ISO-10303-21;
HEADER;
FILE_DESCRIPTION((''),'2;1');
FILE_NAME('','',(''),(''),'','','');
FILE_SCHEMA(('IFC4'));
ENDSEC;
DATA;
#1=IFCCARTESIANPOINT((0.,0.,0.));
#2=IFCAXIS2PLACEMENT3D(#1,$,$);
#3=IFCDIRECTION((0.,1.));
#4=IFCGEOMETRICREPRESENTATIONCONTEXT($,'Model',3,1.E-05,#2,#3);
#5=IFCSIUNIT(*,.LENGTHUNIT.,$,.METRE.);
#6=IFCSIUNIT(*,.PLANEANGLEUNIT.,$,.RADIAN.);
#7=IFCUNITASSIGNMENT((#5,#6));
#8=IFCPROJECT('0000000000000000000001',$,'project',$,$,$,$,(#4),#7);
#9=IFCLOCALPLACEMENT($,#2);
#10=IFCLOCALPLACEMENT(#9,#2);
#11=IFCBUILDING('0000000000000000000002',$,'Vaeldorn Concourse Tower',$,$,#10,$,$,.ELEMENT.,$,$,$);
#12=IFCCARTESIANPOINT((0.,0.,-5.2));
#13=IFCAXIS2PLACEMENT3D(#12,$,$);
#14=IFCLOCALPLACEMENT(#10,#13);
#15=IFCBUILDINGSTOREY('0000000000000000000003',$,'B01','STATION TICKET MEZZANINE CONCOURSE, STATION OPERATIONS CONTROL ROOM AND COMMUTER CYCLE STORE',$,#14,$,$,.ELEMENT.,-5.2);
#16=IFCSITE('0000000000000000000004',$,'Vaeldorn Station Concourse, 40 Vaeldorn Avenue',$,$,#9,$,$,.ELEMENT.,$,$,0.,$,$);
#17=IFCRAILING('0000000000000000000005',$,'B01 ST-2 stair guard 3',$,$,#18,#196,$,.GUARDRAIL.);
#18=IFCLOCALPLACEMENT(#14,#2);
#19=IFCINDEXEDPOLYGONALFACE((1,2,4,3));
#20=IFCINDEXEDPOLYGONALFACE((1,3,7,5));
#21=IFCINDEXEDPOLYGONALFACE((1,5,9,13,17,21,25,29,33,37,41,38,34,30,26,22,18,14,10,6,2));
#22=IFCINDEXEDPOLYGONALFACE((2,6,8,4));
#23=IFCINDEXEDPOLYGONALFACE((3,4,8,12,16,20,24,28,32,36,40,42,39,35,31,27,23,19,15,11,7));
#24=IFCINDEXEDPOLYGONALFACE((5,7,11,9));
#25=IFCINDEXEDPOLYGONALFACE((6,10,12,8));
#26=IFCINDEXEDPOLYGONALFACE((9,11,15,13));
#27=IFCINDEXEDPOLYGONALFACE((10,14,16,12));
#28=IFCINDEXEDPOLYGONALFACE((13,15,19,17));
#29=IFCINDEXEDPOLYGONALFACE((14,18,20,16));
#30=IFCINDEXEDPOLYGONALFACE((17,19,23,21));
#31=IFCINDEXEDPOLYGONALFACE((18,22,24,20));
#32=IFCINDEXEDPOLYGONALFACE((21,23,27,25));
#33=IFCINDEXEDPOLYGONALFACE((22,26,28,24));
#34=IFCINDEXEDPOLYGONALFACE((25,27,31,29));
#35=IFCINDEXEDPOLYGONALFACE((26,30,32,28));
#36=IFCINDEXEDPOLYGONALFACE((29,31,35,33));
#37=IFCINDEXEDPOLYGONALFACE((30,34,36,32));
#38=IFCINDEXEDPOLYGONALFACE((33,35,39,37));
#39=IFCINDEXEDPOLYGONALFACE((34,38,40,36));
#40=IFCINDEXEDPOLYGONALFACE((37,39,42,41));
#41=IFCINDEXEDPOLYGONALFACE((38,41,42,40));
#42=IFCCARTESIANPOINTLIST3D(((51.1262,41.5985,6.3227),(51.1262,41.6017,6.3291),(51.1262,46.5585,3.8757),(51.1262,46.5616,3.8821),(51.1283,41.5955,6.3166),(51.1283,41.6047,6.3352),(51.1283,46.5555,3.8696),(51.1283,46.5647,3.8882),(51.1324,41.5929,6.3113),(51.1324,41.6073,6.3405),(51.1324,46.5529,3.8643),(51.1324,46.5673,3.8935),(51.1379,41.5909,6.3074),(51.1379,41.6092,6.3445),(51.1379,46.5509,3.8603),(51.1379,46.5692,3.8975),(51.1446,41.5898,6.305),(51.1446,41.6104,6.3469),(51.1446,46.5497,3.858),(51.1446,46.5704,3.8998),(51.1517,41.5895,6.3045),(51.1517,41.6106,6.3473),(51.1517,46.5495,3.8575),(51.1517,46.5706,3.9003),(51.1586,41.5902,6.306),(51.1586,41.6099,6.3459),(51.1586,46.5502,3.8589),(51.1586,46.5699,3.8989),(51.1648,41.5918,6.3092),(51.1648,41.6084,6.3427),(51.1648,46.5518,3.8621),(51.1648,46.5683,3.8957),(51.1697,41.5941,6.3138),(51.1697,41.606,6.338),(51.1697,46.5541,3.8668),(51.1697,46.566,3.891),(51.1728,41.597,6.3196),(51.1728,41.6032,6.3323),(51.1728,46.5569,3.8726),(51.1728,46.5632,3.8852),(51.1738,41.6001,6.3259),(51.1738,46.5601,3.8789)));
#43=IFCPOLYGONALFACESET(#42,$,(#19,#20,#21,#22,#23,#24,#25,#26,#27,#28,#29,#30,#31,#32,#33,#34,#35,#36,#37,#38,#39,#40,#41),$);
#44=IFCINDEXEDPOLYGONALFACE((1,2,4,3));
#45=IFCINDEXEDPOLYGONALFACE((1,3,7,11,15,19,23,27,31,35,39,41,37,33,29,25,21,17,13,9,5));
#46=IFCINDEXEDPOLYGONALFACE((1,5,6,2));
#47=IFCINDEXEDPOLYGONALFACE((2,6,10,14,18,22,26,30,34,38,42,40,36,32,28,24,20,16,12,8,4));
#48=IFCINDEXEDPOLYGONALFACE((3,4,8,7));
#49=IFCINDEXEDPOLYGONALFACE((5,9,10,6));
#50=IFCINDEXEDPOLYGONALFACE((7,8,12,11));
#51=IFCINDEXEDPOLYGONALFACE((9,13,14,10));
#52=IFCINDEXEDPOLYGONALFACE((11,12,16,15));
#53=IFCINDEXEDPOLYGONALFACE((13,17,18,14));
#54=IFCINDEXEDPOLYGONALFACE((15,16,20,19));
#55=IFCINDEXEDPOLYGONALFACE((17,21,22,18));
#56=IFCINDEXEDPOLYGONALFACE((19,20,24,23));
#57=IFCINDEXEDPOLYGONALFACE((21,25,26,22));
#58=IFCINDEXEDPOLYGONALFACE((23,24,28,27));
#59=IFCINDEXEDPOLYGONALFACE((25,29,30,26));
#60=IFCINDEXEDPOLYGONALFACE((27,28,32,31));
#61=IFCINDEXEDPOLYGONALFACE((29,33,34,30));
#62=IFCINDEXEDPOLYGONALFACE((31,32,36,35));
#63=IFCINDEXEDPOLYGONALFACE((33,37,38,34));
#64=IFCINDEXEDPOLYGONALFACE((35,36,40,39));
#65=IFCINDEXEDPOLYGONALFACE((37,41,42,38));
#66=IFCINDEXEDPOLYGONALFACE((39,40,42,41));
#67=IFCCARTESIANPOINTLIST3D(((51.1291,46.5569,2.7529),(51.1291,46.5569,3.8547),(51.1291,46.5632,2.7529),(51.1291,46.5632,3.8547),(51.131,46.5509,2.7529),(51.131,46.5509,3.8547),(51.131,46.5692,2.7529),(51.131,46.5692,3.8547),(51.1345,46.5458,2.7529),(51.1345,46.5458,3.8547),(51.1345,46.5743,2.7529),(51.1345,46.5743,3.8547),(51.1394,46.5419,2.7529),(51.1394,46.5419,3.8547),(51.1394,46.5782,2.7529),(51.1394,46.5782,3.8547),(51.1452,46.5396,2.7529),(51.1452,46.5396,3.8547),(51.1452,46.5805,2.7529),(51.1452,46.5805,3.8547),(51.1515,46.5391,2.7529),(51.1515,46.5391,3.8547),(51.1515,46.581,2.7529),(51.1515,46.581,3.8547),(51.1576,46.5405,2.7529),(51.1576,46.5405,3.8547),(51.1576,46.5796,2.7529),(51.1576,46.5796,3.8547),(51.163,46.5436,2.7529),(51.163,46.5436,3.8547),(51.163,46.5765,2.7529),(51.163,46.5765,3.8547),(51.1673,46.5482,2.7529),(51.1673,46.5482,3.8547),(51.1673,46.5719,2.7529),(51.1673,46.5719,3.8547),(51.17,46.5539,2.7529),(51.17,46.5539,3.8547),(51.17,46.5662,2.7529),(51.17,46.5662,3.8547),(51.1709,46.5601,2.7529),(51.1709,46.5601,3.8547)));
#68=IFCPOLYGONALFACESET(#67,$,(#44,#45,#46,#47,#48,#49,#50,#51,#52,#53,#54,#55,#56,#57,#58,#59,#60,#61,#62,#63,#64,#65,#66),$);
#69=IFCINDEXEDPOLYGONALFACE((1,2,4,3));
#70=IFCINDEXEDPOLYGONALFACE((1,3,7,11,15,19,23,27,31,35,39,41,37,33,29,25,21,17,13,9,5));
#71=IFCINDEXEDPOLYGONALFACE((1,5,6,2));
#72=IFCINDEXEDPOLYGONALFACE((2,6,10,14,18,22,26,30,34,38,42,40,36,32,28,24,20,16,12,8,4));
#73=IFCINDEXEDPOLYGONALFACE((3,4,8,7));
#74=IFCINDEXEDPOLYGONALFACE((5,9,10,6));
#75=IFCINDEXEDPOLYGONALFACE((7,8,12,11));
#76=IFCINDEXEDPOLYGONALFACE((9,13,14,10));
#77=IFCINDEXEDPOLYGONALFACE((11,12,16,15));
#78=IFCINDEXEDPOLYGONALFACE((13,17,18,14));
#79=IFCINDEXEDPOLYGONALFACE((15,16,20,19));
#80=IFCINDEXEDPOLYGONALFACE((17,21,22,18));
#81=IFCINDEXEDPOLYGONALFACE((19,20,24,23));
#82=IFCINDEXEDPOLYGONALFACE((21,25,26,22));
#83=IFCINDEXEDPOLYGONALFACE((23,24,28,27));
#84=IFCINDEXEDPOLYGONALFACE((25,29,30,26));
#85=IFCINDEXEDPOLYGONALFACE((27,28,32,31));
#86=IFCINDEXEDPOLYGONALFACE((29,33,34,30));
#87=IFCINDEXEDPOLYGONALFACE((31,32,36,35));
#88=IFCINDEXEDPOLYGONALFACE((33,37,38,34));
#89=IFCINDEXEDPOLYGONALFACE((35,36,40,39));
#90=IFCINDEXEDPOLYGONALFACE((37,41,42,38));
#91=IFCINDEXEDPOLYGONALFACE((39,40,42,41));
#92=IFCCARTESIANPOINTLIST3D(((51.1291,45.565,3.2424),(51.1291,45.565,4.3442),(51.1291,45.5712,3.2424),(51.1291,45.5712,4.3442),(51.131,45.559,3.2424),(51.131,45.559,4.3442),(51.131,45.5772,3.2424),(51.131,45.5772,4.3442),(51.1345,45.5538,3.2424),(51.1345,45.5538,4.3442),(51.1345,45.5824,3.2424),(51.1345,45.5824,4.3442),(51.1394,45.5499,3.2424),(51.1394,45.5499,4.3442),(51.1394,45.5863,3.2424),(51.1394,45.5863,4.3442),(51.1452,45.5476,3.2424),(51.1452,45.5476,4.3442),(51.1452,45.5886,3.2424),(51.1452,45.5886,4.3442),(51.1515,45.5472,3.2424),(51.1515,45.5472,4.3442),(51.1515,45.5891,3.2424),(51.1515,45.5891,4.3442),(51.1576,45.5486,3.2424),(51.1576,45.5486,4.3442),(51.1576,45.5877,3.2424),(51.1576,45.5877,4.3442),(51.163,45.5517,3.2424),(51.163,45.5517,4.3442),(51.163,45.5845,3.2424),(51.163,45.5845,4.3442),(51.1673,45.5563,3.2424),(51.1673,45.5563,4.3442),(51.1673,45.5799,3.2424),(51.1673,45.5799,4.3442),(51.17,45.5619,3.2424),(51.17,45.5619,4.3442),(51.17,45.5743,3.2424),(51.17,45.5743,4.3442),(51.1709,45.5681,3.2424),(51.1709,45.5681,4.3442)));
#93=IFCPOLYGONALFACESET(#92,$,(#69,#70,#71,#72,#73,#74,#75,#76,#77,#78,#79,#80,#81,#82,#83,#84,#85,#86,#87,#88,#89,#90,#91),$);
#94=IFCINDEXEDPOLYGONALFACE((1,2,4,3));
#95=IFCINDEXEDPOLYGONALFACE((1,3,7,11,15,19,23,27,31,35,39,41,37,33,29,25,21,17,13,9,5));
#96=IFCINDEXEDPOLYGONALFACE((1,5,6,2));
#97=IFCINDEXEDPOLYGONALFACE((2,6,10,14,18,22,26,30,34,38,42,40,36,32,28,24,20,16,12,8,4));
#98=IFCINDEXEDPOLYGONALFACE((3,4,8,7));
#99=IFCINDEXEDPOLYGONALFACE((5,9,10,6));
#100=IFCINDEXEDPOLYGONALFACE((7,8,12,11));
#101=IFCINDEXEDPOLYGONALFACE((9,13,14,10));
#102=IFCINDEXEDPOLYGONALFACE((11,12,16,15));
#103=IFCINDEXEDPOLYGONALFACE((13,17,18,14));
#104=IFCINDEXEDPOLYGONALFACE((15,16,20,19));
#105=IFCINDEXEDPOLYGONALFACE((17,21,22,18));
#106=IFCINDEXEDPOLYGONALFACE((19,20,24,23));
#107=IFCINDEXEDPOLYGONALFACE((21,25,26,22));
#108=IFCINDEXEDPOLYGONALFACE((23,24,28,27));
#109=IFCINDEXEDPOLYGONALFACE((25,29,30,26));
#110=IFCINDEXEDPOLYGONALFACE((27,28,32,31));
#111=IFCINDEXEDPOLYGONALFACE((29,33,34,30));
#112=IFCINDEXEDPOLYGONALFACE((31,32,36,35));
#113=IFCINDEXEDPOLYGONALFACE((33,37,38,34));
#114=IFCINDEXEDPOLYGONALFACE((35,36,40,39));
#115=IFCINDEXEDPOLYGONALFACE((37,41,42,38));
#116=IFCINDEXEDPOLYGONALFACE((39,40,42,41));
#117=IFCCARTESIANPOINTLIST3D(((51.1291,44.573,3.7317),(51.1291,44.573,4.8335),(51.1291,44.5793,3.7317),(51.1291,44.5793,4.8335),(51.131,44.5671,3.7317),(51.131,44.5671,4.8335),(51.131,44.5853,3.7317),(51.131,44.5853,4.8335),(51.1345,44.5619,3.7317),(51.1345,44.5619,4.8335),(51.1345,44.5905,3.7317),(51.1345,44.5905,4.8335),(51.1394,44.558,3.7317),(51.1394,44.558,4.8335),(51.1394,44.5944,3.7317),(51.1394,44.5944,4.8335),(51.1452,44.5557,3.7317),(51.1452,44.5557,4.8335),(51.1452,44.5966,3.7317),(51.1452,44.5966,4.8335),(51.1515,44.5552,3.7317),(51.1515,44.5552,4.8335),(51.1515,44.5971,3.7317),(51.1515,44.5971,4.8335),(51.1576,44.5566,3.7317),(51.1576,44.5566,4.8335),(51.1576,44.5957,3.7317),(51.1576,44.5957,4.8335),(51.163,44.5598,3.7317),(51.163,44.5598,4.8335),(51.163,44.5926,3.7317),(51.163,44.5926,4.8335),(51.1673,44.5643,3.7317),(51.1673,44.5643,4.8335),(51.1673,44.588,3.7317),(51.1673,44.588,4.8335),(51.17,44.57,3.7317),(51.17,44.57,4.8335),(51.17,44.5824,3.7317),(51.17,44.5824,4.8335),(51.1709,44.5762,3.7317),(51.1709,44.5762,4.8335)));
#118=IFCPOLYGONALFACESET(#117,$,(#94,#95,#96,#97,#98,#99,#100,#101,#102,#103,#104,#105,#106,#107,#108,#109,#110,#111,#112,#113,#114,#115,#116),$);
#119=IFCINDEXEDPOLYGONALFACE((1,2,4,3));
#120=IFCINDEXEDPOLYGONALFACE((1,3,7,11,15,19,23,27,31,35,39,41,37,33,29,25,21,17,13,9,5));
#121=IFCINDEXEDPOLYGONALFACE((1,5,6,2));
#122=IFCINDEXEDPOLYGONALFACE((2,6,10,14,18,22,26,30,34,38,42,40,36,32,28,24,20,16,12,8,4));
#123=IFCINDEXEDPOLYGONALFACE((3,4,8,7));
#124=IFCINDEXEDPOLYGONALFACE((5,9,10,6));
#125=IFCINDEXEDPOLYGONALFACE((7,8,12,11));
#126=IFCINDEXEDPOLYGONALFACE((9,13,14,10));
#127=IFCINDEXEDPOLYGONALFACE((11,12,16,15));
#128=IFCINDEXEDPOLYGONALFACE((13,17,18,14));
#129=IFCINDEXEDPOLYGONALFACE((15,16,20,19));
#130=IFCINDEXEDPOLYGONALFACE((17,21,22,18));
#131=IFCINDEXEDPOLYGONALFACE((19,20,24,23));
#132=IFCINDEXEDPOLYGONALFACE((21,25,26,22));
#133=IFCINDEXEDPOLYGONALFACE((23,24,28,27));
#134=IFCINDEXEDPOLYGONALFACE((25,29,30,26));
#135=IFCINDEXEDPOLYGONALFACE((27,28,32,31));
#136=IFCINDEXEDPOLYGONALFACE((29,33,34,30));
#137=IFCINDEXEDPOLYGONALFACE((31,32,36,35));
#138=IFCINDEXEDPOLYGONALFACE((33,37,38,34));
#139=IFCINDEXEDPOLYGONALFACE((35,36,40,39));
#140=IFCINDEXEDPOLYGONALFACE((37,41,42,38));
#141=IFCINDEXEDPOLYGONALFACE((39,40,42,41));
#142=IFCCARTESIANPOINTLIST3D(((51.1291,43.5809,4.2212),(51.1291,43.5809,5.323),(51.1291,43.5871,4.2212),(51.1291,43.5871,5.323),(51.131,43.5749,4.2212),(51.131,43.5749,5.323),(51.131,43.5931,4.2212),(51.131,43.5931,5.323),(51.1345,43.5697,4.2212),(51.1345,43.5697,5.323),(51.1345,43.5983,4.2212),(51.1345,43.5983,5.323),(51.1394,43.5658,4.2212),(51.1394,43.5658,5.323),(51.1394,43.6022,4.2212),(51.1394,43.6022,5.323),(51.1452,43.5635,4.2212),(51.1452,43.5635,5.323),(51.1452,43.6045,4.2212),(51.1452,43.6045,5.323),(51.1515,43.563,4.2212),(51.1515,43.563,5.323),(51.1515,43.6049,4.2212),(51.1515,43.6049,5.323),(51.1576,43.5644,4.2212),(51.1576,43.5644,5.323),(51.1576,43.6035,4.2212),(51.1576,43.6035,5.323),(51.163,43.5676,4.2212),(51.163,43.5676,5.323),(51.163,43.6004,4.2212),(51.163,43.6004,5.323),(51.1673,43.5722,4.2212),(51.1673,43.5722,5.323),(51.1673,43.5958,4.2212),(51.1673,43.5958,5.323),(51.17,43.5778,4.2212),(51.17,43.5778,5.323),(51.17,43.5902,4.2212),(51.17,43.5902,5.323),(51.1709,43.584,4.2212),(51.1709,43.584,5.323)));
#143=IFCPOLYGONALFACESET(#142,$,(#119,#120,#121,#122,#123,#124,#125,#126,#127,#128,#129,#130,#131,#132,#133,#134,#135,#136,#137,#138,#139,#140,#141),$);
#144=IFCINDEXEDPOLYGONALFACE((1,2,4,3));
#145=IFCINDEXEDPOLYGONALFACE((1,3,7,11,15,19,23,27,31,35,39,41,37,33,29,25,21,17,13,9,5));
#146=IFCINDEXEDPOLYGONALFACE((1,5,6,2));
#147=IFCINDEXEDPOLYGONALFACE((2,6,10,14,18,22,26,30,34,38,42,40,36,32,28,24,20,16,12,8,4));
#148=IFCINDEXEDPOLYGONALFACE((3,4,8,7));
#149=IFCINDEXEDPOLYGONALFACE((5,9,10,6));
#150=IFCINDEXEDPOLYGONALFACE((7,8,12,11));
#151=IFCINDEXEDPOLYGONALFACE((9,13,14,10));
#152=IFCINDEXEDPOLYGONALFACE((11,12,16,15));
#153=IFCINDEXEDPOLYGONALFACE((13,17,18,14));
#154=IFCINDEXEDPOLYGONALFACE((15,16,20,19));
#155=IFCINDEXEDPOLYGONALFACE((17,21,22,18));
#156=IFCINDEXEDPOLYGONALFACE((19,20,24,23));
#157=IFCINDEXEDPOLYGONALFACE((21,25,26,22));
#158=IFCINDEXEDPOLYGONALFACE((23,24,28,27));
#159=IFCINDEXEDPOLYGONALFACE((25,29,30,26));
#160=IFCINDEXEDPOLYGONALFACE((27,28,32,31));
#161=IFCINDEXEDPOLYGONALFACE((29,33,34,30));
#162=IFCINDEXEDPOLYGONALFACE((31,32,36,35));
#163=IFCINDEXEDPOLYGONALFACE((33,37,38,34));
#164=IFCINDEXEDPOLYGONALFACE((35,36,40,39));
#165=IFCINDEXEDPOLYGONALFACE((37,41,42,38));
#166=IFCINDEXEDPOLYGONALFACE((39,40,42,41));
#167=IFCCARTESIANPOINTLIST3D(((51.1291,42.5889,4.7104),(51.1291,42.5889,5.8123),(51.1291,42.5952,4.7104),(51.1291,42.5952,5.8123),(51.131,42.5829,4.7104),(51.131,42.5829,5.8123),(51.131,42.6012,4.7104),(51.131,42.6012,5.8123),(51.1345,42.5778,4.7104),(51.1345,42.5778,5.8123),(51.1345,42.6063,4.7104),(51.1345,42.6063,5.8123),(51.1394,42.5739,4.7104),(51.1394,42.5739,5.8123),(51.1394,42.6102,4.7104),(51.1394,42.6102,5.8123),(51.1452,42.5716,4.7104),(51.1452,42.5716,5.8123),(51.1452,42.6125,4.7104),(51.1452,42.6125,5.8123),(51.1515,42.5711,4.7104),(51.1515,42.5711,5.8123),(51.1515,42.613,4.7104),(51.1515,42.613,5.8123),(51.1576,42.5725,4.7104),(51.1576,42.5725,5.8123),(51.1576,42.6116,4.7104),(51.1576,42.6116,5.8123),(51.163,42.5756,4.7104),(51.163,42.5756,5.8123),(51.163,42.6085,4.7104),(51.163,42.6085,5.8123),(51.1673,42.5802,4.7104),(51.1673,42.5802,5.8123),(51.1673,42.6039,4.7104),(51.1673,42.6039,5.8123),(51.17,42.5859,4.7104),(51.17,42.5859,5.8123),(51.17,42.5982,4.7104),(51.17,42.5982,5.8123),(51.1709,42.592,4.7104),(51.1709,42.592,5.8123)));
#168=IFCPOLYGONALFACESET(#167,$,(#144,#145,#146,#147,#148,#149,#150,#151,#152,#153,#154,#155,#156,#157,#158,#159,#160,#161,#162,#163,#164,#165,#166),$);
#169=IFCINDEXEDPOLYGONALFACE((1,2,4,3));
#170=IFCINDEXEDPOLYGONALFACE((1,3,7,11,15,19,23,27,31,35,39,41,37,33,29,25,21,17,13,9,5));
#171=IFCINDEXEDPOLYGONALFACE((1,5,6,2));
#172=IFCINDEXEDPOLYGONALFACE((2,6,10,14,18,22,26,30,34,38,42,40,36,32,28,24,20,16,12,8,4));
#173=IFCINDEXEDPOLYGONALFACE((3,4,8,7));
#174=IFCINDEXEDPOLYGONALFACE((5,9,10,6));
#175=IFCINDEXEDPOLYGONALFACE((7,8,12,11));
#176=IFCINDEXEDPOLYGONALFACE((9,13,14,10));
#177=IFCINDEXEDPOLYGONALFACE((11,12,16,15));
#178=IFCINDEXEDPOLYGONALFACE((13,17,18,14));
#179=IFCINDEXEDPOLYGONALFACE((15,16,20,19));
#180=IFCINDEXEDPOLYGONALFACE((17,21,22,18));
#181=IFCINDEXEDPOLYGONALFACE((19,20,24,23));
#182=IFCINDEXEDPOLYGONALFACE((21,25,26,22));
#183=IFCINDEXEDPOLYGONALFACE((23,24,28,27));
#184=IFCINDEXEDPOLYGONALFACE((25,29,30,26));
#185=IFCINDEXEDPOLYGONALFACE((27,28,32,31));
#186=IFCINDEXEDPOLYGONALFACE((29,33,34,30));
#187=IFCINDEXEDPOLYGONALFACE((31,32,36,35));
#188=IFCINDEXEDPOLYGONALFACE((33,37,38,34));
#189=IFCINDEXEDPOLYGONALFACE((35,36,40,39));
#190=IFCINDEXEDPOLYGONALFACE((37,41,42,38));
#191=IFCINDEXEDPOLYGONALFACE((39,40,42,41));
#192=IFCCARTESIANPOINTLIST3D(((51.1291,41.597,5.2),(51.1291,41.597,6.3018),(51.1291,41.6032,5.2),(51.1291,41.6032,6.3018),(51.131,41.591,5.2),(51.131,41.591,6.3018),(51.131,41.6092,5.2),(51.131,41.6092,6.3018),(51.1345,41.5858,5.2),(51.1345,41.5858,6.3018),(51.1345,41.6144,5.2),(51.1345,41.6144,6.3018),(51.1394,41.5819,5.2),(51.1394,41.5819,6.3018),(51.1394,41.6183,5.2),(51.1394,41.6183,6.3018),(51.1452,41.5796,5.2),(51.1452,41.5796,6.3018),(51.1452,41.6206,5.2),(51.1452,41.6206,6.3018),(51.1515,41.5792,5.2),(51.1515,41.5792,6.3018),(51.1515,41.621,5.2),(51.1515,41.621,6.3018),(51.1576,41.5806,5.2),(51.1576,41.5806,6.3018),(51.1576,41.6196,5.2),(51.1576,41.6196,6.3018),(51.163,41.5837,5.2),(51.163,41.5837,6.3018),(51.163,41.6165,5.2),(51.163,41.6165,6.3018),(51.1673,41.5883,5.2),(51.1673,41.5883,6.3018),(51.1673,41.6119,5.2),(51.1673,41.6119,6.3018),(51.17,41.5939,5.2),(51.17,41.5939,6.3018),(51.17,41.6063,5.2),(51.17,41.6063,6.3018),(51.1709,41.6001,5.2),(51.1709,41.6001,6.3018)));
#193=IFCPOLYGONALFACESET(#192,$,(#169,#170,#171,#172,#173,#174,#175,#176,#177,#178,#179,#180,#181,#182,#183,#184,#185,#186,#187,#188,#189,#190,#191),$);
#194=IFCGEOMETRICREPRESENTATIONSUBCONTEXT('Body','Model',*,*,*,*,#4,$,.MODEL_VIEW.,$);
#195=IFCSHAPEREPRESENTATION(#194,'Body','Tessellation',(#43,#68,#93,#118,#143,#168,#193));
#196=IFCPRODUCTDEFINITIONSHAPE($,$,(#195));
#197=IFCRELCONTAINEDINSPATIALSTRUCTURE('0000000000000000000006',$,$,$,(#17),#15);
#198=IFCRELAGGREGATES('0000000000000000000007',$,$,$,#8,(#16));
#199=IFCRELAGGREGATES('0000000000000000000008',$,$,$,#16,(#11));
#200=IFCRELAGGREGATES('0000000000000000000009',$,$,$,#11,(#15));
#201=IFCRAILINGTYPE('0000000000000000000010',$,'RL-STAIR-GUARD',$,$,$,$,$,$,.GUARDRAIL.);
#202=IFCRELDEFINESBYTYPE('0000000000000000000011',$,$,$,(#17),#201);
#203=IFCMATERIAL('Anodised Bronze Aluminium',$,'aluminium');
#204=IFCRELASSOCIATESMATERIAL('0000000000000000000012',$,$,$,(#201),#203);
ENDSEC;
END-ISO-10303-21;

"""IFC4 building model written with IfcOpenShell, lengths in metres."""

from ifc_helpers import new_model, si_unit, direction, frame, origin, origin_2d, place, context, subcontext, project, spatial, circle, extrude, material, type_object, element, save


model = new_model("IFC4")

# Units and contexts
model_context = context("Model", 3, precision=1e-05, world=origin(), true_north=direction((0.0, 1.0)))
body_context = subcontext(model_context, "Body", "Model", "MODEL_VIEW")
ifc_project = project(units=[si_unit("LENGTHUNIT", "METRE"), si_unit("PLANEANGLEUNIT", "RADIAN")], contexts=[model_context])

# Site, building, storey
site_placement = place(None, origin())
site = spatial("IfcSite", under=ifc_project, at=site_placement, Name="Vaeldorn Station Concourse, 40 Vaeldorn Avenue", CompositionType="ELEMENT", RefElevation=0.0)
building_placement = place(site_placement, origin())
building = spatial("IfcBuilding", under=site, at=building_placement, Name="Vaeldorn Concourse Tower", CompositionType="ELEMENT")
storey_placement = place(building_placement, frame((0.0, 0.0, -5.2)))
storey = spatial("IfcBuildingStorey", under=building, at=storey_placement, Name="B01", Description="STATION TICKET MEZZANINE CONCOURSE, STATION OPERATIONS CONTROL ROOM AND COMMUTER CYCLE STORE", CompositionType="ELEMENT", Elevation=-5.2)

# Shared definitions
ifc_material_1 = material(Name="Anodised Bronze Aluminium", Category="aluminium")

# Railing
railing_type_1 = type_object("IfcRailingType", Name="RL-STAIR-GUARD", PredefinedType="GUARDRAIL", material=ifc_material_1)
railing_1_placement = place(storey_placement, frame((51.1499, 46.5601, 2.7529)))
element("IfcRailing", 1, at=railing_1_placement, inside=storey, type_object=railing_type_1, Name="B01 ST-2 stair guard 3", PredefinedType="GUARDRAIL", context=body_context, shape_type="SweptSolid", body=[
    extrude(circle(Radius=0.0239, at=origin_2d()), frame((0.0, 0.0, 1.126), z_axis=(0.0, -0.896798, 0.44244), x_axis=(1.0, 0.0, 0.0)), (0.0, 0.0, 1.0), 5.5308),
    extrude(circle(Radius=0.021, at=origin_2d()), origin(), (0.0, 0.0, 1.0), 1.1018),
    extrude(circle(Radius=0.021, at=origin_2d()), frame((0.0, -0.9919, 0.4895)), (0.0, 0.0, 1.0), 1.1018),
    extrude(circle(Radius=0.021, at=origin_2d()), frame((0.0, -1.9839, 0.9788)), (0.0, 0.0, 1.0), 1.1018),
    extrude(circle(Radius=0.021, at=origin_2d()), frame((0.0, -2.9761, 1.4683)), (0.0, 0.0, 1.0), 1.1018),
    extrude(circle(Radius=0.021, at=origin_2d()), frame((0.0, -3.968, 1.9575)), (0.0, 0.0, 1.0), 1.1018),
    extrude(circle(Radius=0.021, at=origin_2d()), frame((0.0, -4.96, 2.447)), (0.0, 0.0, 1.0), 1.1018),
])

save(model, "model.ifc")
